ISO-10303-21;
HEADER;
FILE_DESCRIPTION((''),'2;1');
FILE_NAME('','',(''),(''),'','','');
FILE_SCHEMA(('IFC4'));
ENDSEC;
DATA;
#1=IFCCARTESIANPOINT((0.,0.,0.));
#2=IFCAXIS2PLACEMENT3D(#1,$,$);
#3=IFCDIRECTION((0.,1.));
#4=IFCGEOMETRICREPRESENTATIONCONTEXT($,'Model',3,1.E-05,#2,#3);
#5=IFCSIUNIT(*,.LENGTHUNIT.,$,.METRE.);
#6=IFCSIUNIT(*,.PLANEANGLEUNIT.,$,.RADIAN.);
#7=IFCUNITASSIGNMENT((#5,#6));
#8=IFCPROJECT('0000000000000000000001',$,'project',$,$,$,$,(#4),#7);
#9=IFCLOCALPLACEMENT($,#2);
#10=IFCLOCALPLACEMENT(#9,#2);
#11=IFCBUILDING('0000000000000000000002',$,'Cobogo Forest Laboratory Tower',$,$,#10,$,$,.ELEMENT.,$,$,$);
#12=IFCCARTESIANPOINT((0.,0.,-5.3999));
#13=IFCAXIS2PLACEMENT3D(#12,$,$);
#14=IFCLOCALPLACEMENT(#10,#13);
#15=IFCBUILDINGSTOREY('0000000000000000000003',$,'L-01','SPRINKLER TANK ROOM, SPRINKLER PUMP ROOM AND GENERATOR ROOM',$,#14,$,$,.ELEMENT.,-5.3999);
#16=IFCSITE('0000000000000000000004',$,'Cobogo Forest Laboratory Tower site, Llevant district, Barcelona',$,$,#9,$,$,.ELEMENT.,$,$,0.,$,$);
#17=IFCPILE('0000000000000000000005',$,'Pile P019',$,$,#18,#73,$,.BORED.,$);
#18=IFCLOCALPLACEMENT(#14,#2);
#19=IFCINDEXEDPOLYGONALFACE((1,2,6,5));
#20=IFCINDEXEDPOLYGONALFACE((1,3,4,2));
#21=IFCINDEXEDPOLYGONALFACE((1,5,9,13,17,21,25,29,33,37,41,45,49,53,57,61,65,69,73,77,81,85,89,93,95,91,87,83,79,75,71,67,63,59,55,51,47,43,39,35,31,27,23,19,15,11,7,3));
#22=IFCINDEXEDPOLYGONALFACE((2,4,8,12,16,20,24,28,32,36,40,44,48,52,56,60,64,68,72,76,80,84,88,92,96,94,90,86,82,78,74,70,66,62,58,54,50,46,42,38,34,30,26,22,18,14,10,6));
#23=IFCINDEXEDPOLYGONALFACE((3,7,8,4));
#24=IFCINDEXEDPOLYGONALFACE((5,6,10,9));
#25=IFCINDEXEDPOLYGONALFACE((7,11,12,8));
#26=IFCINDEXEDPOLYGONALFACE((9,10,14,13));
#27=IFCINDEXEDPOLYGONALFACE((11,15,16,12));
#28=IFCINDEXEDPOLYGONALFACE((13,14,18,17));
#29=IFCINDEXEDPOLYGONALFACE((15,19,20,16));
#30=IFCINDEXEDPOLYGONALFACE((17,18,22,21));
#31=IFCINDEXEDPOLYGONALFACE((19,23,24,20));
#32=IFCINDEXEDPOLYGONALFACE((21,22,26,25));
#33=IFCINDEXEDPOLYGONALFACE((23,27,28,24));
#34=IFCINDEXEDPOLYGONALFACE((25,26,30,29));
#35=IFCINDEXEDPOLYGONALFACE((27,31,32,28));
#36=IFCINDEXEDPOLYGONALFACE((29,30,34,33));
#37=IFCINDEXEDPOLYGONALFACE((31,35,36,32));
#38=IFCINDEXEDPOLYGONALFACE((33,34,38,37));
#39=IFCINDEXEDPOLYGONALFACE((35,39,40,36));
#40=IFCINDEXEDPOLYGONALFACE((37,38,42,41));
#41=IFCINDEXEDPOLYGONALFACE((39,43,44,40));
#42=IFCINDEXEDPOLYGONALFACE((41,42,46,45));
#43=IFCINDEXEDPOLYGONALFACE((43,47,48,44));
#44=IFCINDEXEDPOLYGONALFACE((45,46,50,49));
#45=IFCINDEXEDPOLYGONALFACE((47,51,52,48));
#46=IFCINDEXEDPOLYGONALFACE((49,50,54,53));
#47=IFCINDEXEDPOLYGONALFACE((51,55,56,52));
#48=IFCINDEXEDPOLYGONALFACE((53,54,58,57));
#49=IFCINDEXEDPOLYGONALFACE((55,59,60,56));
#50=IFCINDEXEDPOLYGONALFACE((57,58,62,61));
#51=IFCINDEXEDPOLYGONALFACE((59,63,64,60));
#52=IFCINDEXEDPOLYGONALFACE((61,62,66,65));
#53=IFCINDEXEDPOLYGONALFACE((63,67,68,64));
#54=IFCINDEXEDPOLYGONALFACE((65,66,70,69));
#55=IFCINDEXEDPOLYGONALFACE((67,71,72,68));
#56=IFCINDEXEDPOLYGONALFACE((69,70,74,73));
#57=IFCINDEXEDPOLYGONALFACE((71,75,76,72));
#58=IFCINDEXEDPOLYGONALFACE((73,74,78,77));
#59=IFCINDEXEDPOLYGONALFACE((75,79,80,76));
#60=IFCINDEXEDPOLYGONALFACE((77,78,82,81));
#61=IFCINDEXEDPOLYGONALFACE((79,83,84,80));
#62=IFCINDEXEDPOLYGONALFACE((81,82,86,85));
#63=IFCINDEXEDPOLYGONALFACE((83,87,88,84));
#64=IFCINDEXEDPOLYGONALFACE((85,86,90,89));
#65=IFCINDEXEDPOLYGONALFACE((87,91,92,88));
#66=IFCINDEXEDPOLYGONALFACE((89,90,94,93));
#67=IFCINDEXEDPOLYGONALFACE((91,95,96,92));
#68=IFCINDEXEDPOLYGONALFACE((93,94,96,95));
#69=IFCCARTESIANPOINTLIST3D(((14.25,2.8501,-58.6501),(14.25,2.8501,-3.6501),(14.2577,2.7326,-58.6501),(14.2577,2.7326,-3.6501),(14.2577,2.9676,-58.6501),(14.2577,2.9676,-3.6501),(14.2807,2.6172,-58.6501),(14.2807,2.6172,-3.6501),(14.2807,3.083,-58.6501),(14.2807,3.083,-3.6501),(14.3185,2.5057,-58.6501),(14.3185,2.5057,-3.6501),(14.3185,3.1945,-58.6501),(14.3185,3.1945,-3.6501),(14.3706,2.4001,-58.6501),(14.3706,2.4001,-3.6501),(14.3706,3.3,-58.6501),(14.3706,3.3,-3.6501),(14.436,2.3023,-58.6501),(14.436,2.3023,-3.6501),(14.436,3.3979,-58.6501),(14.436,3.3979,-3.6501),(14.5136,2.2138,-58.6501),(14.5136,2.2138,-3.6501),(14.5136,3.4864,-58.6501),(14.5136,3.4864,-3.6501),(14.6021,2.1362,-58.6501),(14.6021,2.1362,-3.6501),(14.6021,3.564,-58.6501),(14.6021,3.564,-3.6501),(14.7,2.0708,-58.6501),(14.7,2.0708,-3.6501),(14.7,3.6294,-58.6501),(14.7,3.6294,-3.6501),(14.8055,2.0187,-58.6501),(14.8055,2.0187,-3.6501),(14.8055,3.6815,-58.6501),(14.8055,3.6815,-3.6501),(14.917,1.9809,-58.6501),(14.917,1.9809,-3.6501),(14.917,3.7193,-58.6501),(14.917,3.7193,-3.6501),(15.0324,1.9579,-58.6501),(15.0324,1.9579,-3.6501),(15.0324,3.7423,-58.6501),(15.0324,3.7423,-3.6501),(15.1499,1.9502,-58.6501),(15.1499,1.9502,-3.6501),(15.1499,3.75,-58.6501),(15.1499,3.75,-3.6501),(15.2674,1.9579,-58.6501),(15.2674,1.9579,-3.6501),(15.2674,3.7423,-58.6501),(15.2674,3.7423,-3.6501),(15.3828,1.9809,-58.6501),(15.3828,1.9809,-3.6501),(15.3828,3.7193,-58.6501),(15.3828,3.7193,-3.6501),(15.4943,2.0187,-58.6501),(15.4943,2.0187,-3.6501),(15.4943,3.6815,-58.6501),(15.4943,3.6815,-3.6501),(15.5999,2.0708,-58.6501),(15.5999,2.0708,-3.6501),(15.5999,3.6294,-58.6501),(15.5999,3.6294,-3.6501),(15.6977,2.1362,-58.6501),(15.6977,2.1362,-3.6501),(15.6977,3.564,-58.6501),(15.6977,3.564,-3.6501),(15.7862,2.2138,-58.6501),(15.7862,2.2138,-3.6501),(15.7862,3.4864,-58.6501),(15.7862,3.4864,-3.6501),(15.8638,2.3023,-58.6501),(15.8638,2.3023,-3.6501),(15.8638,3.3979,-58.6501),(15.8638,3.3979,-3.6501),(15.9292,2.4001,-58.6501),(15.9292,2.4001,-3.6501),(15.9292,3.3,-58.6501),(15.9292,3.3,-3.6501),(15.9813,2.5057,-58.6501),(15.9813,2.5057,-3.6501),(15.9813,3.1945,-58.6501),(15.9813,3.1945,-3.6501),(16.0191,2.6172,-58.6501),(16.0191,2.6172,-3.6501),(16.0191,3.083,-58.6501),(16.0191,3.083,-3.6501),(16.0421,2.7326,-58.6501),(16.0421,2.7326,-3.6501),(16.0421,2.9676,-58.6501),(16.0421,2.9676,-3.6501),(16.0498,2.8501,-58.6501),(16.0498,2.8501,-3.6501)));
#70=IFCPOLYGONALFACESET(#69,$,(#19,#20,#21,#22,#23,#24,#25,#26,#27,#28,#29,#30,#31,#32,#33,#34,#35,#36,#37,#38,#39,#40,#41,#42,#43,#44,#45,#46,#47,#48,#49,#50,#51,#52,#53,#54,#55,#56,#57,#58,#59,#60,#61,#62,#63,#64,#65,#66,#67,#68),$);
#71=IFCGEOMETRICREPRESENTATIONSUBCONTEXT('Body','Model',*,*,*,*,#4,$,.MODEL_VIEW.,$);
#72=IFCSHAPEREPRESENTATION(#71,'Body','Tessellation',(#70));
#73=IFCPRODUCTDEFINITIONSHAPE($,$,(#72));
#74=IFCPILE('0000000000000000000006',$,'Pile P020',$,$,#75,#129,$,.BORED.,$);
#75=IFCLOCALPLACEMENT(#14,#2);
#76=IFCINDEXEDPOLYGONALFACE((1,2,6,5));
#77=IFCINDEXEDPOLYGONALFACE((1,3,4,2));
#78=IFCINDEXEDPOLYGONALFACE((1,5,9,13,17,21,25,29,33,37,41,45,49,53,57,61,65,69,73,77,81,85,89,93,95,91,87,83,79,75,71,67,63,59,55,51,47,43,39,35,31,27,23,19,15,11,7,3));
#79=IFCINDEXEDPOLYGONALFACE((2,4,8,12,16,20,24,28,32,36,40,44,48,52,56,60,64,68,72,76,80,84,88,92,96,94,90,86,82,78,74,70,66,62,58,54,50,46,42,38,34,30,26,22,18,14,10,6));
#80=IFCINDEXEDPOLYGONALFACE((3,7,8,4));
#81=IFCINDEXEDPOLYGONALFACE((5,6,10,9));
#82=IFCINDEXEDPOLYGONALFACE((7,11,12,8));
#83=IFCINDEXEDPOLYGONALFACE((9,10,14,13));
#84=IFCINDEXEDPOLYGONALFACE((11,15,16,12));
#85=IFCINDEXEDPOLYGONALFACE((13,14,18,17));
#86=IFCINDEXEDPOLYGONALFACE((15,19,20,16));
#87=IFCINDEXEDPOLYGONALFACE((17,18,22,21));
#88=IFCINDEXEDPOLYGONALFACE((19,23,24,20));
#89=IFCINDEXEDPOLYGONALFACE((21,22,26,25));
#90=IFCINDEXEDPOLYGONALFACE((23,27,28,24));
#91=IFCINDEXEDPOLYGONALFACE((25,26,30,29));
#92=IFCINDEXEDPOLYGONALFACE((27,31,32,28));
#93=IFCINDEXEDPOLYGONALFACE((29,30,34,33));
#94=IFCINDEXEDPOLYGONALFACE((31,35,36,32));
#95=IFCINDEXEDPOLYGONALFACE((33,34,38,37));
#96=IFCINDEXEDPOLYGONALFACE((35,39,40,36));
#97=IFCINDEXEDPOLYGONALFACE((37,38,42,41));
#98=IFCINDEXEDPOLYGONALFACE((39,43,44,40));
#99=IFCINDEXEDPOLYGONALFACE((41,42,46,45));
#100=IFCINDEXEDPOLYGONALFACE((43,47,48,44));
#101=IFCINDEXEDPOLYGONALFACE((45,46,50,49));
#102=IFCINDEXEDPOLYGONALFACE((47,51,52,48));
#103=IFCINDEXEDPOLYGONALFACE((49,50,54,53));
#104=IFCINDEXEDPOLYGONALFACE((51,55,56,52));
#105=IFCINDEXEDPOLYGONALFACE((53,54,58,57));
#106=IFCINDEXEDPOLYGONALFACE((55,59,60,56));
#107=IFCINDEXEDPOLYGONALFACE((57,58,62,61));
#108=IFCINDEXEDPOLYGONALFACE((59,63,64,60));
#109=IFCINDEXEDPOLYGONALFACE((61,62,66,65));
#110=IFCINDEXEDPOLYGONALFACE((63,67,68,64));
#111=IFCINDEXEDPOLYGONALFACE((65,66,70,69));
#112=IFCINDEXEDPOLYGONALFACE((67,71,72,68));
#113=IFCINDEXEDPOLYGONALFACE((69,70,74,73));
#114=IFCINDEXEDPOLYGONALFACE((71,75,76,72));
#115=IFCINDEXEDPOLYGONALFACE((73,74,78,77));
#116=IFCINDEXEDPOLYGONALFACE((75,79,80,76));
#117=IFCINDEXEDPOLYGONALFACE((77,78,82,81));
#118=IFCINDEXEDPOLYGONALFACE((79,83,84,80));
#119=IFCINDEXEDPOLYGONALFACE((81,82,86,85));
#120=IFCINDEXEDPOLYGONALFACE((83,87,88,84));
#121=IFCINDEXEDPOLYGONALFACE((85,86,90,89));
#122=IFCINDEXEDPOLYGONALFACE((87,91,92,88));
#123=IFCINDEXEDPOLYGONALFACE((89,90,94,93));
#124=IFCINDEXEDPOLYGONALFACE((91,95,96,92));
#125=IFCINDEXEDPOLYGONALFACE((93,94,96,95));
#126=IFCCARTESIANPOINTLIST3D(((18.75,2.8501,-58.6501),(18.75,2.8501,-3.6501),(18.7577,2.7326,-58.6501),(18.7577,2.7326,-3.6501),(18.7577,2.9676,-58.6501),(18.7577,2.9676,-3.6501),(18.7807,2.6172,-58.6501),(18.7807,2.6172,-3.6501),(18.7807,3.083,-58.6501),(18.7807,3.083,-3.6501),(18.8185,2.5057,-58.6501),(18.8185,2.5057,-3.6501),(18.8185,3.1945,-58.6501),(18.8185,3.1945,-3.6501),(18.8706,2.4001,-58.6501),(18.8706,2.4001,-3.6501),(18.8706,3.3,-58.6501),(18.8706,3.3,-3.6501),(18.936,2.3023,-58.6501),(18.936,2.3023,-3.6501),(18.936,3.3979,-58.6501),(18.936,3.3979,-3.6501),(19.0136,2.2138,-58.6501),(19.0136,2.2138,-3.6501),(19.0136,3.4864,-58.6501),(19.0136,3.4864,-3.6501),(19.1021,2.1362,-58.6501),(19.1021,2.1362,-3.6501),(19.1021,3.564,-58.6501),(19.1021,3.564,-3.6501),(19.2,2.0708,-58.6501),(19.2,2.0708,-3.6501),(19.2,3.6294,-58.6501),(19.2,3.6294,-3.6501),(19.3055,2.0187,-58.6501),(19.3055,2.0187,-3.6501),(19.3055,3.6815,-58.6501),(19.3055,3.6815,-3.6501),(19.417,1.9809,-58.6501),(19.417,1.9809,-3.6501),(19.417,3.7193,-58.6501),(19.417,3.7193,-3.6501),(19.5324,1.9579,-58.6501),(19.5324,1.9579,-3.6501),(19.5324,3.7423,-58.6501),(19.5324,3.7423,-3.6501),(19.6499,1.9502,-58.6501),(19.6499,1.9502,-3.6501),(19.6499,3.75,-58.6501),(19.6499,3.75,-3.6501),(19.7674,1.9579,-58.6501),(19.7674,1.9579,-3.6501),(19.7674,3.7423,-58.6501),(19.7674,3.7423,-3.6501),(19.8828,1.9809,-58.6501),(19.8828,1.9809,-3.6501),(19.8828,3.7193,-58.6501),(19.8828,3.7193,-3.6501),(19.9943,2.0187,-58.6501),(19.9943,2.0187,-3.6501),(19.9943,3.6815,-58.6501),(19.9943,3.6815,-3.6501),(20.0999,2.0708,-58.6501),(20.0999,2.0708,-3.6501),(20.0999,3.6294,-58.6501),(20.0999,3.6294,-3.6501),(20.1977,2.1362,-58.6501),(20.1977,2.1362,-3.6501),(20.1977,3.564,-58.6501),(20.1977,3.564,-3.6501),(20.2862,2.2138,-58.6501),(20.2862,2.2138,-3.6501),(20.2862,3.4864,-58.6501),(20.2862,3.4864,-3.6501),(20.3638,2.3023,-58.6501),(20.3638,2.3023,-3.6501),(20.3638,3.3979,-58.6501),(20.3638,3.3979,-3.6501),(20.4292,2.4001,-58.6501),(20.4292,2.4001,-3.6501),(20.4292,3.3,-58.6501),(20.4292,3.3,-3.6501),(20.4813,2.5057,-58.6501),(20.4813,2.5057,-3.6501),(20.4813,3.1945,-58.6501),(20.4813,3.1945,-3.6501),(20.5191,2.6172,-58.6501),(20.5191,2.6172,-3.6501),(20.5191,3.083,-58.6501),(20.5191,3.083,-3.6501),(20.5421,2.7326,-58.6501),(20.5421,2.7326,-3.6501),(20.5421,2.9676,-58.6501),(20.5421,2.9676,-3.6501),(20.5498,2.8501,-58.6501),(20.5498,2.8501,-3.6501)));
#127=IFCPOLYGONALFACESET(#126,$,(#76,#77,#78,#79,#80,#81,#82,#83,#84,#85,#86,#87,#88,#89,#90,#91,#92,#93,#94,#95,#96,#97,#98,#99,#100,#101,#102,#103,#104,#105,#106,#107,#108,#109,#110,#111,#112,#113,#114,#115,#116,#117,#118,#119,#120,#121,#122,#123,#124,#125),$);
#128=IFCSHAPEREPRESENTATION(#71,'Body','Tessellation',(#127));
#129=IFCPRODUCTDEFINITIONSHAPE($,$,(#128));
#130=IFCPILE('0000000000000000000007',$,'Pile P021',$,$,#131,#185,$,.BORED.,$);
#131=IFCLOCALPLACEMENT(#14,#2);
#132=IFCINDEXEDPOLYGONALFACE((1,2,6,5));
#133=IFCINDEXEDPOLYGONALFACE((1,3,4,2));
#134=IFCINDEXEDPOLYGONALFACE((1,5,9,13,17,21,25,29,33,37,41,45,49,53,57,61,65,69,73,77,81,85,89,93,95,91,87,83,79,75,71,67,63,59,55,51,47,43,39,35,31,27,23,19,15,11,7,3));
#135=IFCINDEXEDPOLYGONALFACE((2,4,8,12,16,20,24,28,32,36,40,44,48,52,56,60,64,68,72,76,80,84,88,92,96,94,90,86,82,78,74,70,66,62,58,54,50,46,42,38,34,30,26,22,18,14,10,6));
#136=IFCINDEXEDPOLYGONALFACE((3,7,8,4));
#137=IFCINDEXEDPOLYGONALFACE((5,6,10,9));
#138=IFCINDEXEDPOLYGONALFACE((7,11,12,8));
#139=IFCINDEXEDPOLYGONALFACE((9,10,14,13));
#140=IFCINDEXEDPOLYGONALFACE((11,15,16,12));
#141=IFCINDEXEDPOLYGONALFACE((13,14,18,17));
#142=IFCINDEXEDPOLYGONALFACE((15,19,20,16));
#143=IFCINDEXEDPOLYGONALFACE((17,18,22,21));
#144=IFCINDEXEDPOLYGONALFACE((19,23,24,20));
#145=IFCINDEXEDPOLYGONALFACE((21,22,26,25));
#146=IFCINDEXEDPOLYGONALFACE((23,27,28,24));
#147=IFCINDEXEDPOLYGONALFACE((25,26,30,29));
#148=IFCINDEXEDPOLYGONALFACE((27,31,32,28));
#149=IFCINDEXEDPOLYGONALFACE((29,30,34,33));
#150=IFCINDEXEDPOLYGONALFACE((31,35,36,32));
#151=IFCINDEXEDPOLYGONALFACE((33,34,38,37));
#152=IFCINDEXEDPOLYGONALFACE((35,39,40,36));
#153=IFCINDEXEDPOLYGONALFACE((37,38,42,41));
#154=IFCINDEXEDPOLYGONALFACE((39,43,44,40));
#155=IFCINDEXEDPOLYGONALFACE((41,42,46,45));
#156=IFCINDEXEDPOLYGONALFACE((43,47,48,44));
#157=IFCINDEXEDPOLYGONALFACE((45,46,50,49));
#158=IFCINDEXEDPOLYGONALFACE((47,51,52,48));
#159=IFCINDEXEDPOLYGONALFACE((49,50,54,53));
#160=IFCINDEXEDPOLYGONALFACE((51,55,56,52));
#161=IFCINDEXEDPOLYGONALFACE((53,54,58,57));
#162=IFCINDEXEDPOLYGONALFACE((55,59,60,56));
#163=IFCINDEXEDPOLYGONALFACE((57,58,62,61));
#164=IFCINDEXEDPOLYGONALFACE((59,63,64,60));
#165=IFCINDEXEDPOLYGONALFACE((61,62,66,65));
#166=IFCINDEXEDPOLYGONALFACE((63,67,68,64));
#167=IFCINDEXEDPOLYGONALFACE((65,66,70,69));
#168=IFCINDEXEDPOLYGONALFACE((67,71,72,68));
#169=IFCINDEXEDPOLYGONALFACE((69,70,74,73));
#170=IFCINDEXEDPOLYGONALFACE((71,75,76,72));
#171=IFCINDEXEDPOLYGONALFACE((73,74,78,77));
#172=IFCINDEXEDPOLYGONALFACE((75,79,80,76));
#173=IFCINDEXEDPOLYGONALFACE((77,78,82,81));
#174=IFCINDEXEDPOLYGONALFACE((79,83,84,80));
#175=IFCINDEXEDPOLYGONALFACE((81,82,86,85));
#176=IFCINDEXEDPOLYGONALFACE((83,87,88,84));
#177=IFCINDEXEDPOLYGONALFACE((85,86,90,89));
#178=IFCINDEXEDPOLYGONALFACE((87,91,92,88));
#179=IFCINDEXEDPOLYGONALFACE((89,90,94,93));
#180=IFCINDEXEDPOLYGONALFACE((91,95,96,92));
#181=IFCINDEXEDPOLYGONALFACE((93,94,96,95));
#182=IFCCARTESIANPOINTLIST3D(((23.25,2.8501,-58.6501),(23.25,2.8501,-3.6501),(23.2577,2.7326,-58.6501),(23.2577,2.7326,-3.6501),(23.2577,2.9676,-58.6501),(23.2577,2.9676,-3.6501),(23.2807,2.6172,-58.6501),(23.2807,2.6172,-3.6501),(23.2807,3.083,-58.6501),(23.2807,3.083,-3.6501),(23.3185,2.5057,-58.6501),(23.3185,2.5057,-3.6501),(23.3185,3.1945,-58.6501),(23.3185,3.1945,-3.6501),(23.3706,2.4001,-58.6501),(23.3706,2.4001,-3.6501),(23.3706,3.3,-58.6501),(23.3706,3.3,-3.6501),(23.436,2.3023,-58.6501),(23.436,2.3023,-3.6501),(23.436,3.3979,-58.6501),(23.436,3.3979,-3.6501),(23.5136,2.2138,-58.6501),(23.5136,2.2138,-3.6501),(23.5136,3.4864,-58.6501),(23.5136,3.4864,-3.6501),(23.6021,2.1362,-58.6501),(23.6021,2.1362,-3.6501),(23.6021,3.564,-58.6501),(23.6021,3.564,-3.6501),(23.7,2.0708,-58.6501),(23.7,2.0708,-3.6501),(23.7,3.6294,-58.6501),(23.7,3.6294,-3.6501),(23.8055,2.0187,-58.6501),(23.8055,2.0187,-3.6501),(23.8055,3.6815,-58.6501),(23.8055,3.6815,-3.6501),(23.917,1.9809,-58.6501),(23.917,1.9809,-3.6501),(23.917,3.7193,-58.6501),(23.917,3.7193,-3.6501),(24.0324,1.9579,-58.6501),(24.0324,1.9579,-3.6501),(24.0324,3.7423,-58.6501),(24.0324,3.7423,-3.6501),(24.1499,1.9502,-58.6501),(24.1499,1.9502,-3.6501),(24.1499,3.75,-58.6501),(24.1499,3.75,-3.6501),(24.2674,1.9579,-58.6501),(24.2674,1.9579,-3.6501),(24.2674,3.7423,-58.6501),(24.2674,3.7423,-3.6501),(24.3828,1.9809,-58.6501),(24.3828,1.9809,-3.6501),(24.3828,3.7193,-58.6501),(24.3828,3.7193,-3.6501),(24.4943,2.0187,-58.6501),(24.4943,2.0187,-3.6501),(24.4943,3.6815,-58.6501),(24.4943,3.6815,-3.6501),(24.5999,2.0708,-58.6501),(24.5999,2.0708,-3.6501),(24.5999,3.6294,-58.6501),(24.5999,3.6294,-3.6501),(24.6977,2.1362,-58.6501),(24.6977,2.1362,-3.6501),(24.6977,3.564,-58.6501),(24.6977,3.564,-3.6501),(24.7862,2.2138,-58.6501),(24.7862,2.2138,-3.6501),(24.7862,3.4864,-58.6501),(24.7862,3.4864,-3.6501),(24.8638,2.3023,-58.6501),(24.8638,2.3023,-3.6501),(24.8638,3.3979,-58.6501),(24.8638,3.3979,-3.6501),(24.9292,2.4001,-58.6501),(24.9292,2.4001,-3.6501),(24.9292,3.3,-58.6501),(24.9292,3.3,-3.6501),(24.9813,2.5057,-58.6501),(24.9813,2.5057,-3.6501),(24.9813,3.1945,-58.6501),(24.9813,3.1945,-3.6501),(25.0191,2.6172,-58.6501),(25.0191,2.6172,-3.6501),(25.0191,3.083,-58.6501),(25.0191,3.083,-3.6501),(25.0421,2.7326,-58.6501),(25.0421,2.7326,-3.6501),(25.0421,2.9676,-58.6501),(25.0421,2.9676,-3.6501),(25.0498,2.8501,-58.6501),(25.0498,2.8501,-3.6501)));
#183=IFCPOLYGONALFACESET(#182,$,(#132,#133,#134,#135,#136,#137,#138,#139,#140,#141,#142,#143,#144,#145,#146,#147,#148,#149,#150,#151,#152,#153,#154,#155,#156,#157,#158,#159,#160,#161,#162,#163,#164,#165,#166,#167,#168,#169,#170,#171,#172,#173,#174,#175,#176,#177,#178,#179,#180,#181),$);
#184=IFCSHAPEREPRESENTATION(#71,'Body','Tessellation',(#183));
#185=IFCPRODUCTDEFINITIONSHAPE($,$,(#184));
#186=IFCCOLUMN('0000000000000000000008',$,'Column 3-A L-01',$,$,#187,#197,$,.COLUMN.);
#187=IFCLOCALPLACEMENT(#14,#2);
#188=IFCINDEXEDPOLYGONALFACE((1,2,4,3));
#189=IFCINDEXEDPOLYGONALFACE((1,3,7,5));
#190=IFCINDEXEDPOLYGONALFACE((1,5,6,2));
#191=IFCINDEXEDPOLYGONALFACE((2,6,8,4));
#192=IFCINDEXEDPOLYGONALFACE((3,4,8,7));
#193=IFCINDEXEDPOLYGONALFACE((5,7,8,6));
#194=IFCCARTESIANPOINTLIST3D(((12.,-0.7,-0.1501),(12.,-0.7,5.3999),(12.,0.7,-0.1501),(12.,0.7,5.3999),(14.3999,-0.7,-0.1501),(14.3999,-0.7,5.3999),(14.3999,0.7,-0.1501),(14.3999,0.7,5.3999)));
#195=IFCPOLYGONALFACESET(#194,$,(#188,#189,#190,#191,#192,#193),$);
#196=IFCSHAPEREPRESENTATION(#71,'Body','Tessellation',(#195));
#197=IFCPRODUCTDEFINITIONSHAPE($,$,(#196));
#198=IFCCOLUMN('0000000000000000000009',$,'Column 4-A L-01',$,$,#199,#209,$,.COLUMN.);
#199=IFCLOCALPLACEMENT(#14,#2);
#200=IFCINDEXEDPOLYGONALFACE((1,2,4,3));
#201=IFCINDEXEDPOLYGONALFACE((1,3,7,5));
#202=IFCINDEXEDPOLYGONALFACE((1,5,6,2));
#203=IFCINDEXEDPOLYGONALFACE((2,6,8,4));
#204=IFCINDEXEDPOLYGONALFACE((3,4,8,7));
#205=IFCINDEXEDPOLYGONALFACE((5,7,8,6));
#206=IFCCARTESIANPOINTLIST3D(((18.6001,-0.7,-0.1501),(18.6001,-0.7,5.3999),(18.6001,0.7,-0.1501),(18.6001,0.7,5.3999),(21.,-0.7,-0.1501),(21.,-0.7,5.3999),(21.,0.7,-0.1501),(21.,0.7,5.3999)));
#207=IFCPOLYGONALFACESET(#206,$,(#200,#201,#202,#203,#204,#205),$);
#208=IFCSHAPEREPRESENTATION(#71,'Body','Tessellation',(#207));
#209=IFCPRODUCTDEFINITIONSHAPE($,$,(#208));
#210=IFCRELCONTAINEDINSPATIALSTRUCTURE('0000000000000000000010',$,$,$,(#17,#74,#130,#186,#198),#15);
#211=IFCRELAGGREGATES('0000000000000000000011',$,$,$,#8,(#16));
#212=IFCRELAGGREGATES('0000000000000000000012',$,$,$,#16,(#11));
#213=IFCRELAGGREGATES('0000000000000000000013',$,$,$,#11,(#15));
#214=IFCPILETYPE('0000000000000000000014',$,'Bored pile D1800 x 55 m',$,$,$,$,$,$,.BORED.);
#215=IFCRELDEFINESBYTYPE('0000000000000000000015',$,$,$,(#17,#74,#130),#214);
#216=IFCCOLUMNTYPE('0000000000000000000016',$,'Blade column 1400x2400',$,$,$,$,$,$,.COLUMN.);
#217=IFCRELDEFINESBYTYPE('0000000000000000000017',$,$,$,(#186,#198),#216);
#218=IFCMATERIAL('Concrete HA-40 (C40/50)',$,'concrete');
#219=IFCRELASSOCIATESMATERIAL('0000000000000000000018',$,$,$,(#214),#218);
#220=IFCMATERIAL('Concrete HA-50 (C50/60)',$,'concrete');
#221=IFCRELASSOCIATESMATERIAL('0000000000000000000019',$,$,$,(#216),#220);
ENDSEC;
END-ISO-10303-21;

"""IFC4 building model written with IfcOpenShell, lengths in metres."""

from ifc_helpers import new_model, si_unit, direction, frame, origin, origin_2d, place, context, subcontext, project, spatial, rectangle, circle, extrude, material, material_profile, profile_set, type_object, element, save


model = new_model("IFC4")

# Units and contexts
model_context = context("Model", 3, precision=1e-05, world=origin(), true_north=direction((0.0, 1.0)))
body_context = subcontext(model_context, "Body", "Model", "MODEL_VIEW")
ifc_project = project(units=[si_unit("LENGTHUNIT", "METRE"), si_unit("PLANEANGLEUNIT", "RADIAN")], contexts=[model_context])

# Site, building, storey
site_placement = place(None, origin())
site = spatial("IfcSite", under=ifc_project, at=site_placement, Name="Cobogo Forest Laboratory Tower site, Llevant district, Barcelona", CompositionType="ELEMENT", RefElevation=0.0)
building_placement = place(site_placement, origin())
building = spatial("IfcBuilding", under=site, at=building_placement, Name="Cobogo Forest Laboratory Tower", CompositionType="ELEMENT")
storey_placement = place(building_placement, frame((0.0, 0.0, -5.3999)))
storey = spatial("IfcBuildingStorey", under=building, at=storey_placement, Name="L-01", Description="SPRINKLER TANK ROOM, SPRINKLER PUMP ROOM AND GENERATOR ROOM", CompositionType="ELEMENT", Elevation=-5.3999)

# Piles
ifc_material_1 = material(Name="Concrete HA-40 (C40/50)", Category="concrete")
ifc_material_profile_1 = material_profile(ifc_material_1, circle(Radius=0.8999, at=origin_2d()), Name="PILE D1800")
ifc_profile_set_1 = profile_set([ifc_material_profile_1], Name="Concrete HA-40 (C40/50)")
pile_type_1 = type_object("IfcPileType", Name="Bored pile D1800 x 55 m", PredefinedType="BORED", material=ifc_profile_set_1)
for number, where, z_axis, x_axis, name in (
    (1, (15.1499, 2.8501, -3.6501), (0.0, 0.0, -1.0), (1.0, 0.0, 0.0), "Pile P019"),
    (2, (19.6499, 2.8501, -3.6501), (0.0, 0.0, -1.0), (1.0, 0.0, 0.0), "Pile P020"),
    (3, (24.1499, 2.8501, -3.6501), (0.0, 0.0, -1.0), (1.0, 0.0, 0.0), "Pile P021"),
):
    element("IfcPile", number, at=place(storey_placement, frame(where, z_axis=z_axis, x_axis=x_axis)), inside=storey, type_object=pile_type_1, Name=name, PredefinedType="BORED", context=body_context, shape_type="SweptSolid", body=[
        extrude(circle(Radius=0.8999, at=origin_2d()), origin(), (0.0, 0.0, 1.0), 55.0),
    ])

# Columns
ifc_material_2 = material(Name="Concrete HA-50 (C50/60)", Category="concrete")
ifc_material_profile_2 = material_profile(ifc_material_2, rectangle(XDim=2.3999, YDim=1.3999, at=origin_2d()), Name="RC 1400x2400")
ifc_profile_set_2 = profile_set([ifc_material_profile_2], Name="Concrete HA-50 (C50/60)")
column_type = type_object("IfcColumnType", Name="Blade column 1400x2400", PredefinedType="COLUMN", material=ifc_profile_set_2)
for number, where, z_axis, x_axis, name in (
    (4, (13.2, 0.0, -0.1501), (0.0, 0.0, 1.0), (1.0, 0.0, 0.0), "Column 3-A L-01"),
    (5, (19.8, 0.0, -0.1501), (0.0, 0.0, 1.0), (1.0, 0.0, 0.0), "Column 4-A L-01"),
):
    element("IfcColumn", number, at=place(storey_placement, frame(where, z_axis=z_axis, x_axis=x_axis)), inside=storey, type_object=column_type, Name=name, PredefinedType="COLUMN", context=body_context, shape_type="SweptSolid", body=[
        extrude(rectangle(XDim=2.3999, YDim=1.3999, at=origin_2d()), origin(), (0.0, 0.0, 1.0), 5.55),
    ])

save(model, "model.ifc")
